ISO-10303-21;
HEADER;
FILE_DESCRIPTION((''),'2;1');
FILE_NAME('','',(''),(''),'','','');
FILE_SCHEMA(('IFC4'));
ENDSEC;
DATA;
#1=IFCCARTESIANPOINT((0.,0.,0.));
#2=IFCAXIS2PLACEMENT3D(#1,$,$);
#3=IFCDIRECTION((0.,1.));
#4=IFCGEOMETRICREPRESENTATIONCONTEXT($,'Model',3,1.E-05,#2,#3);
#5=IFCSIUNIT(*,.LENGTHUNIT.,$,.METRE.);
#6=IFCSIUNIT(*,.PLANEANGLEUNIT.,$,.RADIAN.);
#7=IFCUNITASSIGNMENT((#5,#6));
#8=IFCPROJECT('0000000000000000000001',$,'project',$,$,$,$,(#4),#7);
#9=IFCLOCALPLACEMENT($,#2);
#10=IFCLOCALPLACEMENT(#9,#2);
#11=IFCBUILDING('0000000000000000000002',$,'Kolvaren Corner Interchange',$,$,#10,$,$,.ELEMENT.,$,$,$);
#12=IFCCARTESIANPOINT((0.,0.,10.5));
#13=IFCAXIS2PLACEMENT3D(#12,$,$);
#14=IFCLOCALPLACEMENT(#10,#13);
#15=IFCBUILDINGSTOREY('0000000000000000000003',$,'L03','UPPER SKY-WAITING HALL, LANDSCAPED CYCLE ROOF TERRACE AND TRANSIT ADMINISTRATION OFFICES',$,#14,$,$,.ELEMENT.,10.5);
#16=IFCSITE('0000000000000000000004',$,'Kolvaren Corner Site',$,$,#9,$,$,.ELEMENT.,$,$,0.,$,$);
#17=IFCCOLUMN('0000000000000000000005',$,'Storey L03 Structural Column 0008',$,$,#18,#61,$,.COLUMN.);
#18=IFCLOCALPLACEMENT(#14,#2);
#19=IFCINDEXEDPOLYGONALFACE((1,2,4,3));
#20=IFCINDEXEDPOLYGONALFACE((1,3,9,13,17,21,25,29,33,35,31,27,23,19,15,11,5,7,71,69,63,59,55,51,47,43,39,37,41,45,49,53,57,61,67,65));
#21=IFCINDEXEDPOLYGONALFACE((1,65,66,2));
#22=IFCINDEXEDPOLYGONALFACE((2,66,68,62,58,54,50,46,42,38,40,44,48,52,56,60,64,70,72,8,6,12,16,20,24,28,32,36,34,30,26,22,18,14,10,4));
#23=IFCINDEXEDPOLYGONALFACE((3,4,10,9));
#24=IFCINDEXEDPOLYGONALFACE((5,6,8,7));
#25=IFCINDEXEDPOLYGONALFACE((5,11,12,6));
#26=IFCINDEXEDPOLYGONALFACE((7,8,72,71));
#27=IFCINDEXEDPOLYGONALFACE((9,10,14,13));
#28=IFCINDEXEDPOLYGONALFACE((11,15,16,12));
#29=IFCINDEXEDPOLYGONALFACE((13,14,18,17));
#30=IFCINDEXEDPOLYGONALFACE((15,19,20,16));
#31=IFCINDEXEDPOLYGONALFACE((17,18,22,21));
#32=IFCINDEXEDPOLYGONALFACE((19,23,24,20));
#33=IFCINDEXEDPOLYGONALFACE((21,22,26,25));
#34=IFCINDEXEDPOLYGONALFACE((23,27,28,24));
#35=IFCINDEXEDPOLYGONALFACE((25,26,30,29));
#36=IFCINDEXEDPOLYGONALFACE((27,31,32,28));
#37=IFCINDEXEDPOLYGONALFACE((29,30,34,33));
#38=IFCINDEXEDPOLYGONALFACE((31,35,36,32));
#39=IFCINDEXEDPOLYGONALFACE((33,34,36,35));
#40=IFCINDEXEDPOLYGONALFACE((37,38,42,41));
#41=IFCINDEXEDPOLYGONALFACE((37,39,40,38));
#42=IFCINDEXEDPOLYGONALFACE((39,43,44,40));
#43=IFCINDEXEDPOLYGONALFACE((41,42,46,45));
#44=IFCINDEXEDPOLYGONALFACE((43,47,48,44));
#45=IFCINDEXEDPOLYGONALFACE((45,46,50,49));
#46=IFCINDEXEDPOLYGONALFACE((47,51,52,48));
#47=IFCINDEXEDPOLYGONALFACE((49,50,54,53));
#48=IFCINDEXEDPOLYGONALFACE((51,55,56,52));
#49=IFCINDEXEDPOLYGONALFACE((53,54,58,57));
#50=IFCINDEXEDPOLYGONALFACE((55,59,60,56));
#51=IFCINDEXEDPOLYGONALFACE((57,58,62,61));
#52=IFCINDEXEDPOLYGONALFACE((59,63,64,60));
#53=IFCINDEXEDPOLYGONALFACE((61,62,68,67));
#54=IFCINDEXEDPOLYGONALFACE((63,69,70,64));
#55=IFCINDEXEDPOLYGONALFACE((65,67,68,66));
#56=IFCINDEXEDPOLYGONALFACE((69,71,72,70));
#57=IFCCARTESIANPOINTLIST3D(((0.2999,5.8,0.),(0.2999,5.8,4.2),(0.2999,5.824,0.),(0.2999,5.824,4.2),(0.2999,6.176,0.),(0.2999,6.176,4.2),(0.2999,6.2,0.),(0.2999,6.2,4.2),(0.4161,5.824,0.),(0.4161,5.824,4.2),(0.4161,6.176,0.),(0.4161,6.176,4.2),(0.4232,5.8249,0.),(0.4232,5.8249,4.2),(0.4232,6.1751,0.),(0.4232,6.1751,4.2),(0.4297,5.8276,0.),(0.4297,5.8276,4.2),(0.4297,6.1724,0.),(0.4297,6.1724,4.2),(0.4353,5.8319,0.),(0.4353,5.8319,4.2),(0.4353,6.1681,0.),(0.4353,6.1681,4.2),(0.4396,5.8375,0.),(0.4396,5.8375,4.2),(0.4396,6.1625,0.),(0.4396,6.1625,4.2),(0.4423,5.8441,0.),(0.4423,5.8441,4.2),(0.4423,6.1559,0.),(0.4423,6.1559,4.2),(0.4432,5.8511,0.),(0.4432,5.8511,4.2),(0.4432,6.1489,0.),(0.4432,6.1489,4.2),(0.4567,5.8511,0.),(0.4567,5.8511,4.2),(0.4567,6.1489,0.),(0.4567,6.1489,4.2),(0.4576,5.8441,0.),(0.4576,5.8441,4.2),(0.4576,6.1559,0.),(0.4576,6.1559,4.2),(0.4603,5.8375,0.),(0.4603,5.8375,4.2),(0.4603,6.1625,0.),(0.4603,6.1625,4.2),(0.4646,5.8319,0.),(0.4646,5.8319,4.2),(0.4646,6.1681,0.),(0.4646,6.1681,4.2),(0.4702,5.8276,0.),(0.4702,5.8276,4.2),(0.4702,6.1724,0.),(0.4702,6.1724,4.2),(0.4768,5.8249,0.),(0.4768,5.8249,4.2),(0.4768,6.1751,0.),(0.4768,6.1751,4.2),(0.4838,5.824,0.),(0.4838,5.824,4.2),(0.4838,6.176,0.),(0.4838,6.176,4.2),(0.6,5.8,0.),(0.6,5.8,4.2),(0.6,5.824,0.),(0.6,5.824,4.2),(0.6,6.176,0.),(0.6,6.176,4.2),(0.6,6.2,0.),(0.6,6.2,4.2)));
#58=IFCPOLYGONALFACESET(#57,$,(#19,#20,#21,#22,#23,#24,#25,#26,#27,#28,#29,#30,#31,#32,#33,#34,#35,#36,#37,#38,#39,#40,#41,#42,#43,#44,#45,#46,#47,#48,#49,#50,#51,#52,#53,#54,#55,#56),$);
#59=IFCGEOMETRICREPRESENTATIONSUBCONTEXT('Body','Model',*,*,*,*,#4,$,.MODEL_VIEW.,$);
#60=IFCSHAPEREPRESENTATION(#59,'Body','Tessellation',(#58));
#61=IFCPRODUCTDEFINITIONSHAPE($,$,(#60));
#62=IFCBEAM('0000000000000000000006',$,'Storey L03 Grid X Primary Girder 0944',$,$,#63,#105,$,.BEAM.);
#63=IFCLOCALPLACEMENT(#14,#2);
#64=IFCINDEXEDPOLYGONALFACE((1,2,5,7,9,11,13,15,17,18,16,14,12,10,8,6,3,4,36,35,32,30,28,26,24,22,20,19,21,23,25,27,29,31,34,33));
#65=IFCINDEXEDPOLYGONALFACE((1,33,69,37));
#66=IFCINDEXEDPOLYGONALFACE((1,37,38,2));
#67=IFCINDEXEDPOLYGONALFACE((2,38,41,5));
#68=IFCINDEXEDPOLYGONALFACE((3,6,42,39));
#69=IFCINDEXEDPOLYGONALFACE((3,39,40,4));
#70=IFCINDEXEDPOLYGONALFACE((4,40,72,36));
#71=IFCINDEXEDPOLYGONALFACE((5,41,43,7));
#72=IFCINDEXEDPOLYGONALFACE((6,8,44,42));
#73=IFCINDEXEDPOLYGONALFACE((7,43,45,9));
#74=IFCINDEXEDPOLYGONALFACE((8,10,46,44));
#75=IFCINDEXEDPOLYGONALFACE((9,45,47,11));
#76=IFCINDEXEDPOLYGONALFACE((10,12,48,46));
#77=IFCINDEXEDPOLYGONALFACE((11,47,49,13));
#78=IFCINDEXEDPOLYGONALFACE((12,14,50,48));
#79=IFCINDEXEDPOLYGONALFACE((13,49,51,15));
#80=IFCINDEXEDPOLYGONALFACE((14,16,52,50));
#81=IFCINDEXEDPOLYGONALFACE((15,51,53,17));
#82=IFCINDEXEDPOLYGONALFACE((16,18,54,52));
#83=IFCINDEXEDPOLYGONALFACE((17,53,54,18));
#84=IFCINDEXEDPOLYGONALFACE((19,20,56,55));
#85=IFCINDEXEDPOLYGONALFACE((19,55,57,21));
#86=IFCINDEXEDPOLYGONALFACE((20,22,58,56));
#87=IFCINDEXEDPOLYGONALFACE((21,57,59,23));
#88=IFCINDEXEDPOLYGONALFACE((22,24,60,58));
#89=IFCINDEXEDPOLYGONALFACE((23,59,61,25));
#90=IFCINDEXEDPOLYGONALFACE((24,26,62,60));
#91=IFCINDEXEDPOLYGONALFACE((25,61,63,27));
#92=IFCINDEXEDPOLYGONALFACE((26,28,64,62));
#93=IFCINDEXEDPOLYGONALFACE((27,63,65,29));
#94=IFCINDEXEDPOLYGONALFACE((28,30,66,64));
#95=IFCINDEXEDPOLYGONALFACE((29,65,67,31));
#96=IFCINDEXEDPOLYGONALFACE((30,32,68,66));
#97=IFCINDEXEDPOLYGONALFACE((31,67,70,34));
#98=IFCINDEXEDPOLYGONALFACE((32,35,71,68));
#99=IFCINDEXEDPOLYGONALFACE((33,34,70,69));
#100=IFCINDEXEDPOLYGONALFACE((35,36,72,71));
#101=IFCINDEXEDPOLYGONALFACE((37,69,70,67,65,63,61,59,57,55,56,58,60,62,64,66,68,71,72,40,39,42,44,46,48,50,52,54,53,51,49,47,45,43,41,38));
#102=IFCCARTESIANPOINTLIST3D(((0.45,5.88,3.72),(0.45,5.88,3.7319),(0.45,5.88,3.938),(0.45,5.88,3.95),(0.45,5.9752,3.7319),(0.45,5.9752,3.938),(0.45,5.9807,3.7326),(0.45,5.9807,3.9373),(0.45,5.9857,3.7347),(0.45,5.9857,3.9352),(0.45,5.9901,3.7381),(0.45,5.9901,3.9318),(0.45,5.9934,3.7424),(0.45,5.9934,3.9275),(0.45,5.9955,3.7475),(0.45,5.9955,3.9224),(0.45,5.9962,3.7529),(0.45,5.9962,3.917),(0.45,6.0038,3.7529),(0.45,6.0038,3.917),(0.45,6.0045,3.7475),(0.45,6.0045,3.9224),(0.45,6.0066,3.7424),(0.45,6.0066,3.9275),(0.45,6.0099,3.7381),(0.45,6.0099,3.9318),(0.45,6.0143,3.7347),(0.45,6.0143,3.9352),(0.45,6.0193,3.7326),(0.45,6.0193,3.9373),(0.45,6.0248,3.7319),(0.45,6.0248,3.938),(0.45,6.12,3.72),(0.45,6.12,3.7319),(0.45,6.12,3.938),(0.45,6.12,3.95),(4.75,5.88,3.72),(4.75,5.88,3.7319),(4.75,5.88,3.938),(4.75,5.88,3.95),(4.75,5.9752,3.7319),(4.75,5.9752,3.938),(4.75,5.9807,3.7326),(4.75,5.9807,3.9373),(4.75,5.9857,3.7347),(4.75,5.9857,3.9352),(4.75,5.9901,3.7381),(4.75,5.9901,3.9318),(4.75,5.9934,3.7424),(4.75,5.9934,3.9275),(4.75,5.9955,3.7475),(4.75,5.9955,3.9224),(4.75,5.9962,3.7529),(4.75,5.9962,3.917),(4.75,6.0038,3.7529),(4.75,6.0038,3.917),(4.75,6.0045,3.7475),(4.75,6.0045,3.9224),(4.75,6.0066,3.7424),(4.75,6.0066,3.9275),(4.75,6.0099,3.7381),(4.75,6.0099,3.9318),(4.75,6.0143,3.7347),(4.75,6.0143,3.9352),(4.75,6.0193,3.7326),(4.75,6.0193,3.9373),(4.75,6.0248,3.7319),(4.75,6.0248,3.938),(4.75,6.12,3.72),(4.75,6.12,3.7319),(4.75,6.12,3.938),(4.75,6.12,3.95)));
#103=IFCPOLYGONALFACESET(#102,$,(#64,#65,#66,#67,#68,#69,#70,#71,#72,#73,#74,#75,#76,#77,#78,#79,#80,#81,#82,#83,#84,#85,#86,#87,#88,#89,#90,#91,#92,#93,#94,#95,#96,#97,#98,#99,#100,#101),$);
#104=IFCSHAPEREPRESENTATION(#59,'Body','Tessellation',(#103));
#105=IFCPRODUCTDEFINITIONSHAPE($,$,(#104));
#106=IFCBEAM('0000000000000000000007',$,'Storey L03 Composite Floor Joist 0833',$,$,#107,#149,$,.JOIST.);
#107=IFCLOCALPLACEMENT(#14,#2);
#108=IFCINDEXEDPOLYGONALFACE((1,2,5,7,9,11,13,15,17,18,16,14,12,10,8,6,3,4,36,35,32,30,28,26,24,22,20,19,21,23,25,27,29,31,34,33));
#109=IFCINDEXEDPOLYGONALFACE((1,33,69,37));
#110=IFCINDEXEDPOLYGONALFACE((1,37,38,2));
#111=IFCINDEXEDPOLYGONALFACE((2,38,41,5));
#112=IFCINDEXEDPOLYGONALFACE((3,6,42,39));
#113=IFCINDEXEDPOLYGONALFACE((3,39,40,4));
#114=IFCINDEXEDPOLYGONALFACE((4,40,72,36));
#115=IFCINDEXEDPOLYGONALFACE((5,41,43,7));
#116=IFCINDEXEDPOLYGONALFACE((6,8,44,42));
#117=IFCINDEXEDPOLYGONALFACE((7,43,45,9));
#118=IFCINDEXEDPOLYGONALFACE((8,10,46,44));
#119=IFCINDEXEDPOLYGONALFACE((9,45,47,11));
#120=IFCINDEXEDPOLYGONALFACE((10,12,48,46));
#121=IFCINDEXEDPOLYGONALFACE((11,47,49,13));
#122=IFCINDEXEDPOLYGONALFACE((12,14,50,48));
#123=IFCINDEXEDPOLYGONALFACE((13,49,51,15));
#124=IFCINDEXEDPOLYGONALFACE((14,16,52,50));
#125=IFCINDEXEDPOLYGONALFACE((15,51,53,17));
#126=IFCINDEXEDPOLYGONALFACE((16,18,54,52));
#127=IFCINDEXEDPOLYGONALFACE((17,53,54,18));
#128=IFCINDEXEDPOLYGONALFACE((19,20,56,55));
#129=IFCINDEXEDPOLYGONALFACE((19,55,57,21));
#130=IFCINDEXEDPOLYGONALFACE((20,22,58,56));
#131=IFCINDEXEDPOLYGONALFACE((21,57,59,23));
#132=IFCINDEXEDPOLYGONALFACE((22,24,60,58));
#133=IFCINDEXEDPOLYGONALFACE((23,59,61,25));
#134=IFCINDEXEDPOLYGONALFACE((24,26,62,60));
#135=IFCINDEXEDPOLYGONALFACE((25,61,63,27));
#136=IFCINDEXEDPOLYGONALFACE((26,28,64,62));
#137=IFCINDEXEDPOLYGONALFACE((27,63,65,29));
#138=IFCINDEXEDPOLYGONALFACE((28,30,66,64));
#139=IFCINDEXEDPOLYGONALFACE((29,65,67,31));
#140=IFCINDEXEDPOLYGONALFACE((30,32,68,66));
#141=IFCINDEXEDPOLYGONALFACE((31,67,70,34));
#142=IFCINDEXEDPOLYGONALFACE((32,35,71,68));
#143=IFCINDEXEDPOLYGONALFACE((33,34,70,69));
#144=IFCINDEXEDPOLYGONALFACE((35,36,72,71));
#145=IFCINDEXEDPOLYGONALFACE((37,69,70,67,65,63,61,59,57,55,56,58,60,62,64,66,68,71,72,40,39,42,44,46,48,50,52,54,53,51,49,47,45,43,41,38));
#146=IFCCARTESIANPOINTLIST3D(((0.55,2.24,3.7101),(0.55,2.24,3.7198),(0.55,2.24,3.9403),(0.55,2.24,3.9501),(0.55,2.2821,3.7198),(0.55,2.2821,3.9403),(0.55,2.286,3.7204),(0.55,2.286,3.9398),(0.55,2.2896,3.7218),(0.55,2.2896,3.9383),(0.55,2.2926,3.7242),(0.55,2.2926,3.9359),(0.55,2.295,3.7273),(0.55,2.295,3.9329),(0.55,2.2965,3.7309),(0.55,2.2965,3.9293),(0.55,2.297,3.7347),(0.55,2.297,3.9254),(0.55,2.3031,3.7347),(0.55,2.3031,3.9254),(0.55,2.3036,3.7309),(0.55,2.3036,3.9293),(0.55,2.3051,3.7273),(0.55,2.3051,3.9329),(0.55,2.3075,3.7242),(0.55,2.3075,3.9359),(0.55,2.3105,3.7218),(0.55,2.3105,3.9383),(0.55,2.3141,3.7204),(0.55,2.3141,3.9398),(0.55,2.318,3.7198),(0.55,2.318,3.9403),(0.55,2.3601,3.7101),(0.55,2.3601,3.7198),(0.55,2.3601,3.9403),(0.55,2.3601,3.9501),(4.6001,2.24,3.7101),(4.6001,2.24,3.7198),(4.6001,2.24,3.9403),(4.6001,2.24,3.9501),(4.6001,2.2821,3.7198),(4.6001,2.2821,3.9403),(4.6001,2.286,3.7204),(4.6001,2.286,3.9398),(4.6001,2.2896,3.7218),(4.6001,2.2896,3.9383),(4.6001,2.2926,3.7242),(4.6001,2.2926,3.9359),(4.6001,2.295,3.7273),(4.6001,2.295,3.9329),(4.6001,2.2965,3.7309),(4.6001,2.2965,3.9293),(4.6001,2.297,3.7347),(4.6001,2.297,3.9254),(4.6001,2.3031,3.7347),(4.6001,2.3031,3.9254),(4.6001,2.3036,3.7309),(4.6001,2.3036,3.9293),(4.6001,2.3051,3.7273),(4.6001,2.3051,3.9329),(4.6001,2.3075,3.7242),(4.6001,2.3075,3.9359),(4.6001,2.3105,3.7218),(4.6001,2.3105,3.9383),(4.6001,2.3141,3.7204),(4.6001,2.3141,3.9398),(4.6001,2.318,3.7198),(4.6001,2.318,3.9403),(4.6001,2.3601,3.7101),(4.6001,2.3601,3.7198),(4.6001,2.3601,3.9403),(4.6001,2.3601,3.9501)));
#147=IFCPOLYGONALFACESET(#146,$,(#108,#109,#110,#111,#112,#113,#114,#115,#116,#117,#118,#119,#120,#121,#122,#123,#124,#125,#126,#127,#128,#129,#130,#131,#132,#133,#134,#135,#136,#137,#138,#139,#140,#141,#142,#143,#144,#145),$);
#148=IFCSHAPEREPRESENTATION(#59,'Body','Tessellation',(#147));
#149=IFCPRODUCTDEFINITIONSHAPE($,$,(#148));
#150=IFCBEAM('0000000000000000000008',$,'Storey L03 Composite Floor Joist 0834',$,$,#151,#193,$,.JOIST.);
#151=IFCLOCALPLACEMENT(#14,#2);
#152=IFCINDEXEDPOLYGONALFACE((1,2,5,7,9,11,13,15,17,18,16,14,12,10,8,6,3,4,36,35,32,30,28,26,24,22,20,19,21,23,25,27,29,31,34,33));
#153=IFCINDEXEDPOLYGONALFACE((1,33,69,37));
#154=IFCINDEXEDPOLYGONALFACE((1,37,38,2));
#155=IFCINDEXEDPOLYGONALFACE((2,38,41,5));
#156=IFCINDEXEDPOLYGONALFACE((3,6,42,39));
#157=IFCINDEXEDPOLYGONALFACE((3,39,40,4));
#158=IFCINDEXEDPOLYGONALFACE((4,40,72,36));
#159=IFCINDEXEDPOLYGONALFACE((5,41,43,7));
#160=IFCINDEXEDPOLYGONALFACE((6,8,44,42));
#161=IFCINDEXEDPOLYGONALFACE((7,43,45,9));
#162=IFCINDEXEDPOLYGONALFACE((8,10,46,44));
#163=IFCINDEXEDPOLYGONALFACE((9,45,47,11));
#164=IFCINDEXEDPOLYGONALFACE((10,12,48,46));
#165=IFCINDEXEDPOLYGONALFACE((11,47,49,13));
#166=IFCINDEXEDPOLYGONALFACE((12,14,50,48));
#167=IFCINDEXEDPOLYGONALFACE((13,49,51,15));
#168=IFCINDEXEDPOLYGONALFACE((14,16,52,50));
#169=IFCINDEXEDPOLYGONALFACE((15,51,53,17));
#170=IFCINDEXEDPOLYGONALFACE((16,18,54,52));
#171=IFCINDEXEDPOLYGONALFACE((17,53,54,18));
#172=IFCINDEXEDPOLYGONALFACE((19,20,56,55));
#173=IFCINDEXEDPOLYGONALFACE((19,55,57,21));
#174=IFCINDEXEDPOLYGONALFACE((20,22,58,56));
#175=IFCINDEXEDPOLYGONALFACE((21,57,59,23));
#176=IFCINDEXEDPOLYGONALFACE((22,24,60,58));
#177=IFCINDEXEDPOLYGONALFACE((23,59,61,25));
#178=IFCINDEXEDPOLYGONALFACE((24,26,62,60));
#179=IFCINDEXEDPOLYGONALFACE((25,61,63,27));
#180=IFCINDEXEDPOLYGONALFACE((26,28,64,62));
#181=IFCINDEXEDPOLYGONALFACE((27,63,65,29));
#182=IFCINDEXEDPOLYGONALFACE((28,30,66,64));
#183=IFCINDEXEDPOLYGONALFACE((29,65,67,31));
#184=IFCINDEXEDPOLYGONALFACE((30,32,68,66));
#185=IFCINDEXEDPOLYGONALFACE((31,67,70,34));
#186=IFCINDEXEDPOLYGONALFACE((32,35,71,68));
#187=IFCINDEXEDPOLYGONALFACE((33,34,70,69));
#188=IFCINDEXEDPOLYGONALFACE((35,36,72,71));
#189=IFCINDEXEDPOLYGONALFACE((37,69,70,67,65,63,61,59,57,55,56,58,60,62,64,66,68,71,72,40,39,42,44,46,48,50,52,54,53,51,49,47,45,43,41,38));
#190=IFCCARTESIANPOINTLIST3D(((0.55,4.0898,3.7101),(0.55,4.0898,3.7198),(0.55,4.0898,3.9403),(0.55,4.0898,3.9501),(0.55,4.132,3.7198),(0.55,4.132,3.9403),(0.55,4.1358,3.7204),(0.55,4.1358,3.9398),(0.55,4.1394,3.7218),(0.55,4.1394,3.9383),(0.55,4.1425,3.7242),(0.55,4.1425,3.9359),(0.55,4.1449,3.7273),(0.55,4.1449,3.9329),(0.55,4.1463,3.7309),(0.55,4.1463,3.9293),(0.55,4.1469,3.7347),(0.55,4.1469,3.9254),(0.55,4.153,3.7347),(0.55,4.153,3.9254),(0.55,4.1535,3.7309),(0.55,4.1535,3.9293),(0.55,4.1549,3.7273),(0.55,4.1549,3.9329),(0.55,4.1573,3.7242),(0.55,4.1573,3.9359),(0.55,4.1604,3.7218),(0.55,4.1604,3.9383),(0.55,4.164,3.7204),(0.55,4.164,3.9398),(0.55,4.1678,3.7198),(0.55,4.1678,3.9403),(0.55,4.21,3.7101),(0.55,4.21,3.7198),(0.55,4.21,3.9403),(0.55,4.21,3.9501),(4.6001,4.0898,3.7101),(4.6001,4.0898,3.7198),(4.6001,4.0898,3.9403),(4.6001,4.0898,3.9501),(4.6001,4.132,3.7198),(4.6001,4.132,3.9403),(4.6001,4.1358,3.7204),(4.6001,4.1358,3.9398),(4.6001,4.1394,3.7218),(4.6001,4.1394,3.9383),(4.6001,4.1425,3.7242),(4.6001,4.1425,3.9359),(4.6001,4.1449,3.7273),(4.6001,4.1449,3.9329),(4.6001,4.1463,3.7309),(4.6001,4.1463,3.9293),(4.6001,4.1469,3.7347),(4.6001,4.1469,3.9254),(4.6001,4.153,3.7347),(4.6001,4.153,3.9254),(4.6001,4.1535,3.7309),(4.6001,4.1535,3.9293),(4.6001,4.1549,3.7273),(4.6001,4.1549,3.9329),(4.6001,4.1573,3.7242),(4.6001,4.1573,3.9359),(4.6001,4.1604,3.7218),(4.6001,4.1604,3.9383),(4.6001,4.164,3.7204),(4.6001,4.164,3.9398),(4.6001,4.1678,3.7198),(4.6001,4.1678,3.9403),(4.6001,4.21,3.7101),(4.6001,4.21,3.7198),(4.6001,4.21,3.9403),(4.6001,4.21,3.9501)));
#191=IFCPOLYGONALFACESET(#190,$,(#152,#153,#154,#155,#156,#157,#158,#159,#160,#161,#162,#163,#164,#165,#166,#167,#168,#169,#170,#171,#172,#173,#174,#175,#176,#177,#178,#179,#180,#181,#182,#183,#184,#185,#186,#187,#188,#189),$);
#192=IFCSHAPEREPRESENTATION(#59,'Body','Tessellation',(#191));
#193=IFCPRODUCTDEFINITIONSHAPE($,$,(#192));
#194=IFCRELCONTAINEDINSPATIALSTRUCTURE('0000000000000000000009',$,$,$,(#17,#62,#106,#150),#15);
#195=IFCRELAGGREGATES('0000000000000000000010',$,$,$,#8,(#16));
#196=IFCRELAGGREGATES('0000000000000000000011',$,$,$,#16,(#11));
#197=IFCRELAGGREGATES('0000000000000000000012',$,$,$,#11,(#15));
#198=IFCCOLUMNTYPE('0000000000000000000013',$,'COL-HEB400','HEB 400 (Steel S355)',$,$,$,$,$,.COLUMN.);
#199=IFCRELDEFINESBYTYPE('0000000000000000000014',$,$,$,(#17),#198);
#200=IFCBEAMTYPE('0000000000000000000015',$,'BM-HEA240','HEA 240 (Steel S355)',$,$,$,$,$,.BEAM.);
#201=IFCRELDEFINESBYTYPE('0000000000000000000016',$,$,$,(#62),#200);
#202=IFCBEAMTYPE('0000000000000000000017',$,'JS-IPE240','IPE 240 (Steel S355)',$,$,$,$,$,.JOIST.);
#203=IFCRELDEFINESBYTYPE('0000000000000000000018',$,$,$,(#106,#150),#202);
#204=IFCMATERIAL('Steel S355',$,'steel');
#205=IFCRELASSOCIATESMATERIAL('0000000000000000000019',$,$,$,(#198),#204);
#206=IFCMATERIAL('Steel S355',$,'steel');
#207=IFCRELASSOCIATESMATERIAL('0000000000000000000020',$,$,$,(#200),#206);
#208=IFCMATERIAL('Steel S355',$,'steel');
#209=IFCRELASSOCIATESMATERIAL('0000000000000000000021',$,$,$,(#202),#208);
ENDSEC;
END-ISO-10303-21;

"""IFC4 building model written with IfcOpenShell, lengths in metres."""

from ifc_helpers import new_model, si_unit, direction, frame, origin, origin_2d, place, context, subcontext, project, spatial, i_section, extrude, material, material_profile, profile_set, type_object, element, save


model = new_model("IFC4")

# Units and contexts
model_context = context("Model", 3, precision=1e-05, world=origin(), true_north=direction((0.0, 1.0)))
body_context = subcontext(model_context, "Body", "Model", "MODEL_VIEW")
ifc_project = project(units=[si_unit("LENGTHUNIT", "METRE"), si_unit("PLANEANGLEUNIT", "RADIAN")], contexts=[model_context])

# Site, building, storey
site_placement = place(None, origin())
site = spatial("IfcSite", under=ifc_project, at=site_placement, Name="Kolvaren Corner Site", CompositionType="ELEMENT", RefElevation=0.0)
building_placement = place(site_placement, origin())
building = spatial("IfcBuilding", under=site, at=building_placement, Name="Kolvaren Corner Interchange", CompositionType="ELEMENT")
storey_placement = place(building_placement, frame((0.0, 0.0, 10.5)))
storey = spatial("IfcBuildingStorey", under=building, at=storey_placement, Name="L03", Description="UPPER SKY-WAITING HALL, LANDSCAPED CYCLE ROOF TERRACE AND TRANSIT ADMINISTRATION OFFICES", CompositionType="ELEMENT", Elevation=10.5)

# Column
ifc_material_1 = material(Name="Steel S355", Category="steel")
ifc_material_profile_1 = material_profile(ifc_material_1, i_section(OverallWidth=0.3, OverallDepth=0.3999, WebThickness=0.0134, FlangeThickness=0.0239, FilletRadius=0.0271, at=origin_2d()), Name="HEB 400")
ifc_profile_set_1 = profile_set([ifc_material_profile_1], Name="Steel S355")
column_type = type_object("IfcColumnType", Name="COL-HEB400", Description="HEB 400 (Steel S355)", PredefinedType="COLUMN", material=ifc_profile_set_1)
column_placement = place(storey_placement, frame((0.45, 6.0, 0.0), z_axis=(0.0, 0.0, 1.0), x_axis=(1.0, 0.0, 0.0)))
element("IfcColumn", 1, at=column_placement, inside=storey, type_object=column_type, Name="Storey L03 Structural Column 0008", PredefinedType="COLUMN", context=body_context, shape_type="SweptSolid", body=[
    extrude(i_section(OverallWidth=0.3, OverallDepth=0.3999, WebThickness=0.0134, FlangeThickness=0.0239, FilletRadius=0.0271, at=origin_2d()), origin(), (0.0, 0.0, 1.0), 4.2),
])

# Beams
ifc_material_2 = material(Name="Steel S355", Category="steel")
ifc_material_profile_2 = material_profile(ifc_material_2, i_section(OverallWidth=0.24, OverallDepth=0.23, WebThickness=0.0076, FlangeThickness=0.012, FilletRadius=0.021, at=origin_2d()), Name="HEA 240")
ifc_profile_set_2 = profile_set([ifc_material_profile_2], Name="Steel S355")
beam_type_1 = type_object("IfcBeamType", Name="BM-HEA240", Description="HEA 240 (Steel S355)", PredefinedType="BEAM", material=ifc_profile_set_2)
beam_1_placement = place(storey_placement, frame((0.45, 6.0, 3.835), z_axis=(1.0, 0.0, 0.0), x_axis=(0.0, 1.0, 0.0)))
element("IfcBeam", 2, at=beam_1_placement, inside=storey, type_object=beam_type_1, Name="Storey L03 Grid X Primary Girder 0944", PredefinedType="BEAM", context=body_context, shape_type="SweptSolid", body=[
    extrude(i_section(OverallWidth=0.24, OverallDepth=0.23, WebThickness=0.0076, FlangeThickness=0.012, FilletRadius=0.021, at=origin_2d()), origin(), (0.0, 0.0, 1.0), 4.3),
])
ifc_material_3 = material(Name="Steel S355", Category="steel")
ifc_material_profile_3 = material_profile(ifc_material_3, i_section(OverallWidth=0.1201, OverallDepth=0.24, WebThickness=0.0061, FlangeThickness=0.0098, FilletRadius=0.0149, at=origin_2d()), Name="IPE 240")
ifc_profile_set_3 = profile_set([ifc_material_profile_3], Name="Steel S355")
beam_type_2 = type_object("IfcBeamType", Name="JS-IPE240", Description="IPE 240 (Steel S355)", PredefinedType="JOIST", material=ifc_profile_set_3)
for number, where, z_axis, x_axis, name in (
    (3, (0.55, 2.3, 3.8301), (1.0, 0.0, 0.0), (0.0, 1.0, 0.0), "Storey L03 Composite Floor Joist 0833"),
    (4, (0.55, 4.1499, 3.8301), (1.0, 0.0, 0.0), (0.0, 1.0, 0.0), "Storey L03 Composite Floor Joist 0834"),
):
    element("IfcBeam", number, at=place(storey_placement, frame(where, z_axis=z_axis, x_axis=x_axis)), inside=storey, type_object=beam_type_2, Name=name, PredefinedType="JOIST", context=body_context, shape_type="SweptSolid", body=[
        extrude(i_section(OverallWidth=0.1201, OverallDepth=0.24, WebThickness=0.0061, FlangeThickness=0.0098, FilletRadius=0.0149, at=origin_2d()), origin(), (0.0, 0.0, 1.0), 4.05),
    ])

save(model, "model.ifc")
